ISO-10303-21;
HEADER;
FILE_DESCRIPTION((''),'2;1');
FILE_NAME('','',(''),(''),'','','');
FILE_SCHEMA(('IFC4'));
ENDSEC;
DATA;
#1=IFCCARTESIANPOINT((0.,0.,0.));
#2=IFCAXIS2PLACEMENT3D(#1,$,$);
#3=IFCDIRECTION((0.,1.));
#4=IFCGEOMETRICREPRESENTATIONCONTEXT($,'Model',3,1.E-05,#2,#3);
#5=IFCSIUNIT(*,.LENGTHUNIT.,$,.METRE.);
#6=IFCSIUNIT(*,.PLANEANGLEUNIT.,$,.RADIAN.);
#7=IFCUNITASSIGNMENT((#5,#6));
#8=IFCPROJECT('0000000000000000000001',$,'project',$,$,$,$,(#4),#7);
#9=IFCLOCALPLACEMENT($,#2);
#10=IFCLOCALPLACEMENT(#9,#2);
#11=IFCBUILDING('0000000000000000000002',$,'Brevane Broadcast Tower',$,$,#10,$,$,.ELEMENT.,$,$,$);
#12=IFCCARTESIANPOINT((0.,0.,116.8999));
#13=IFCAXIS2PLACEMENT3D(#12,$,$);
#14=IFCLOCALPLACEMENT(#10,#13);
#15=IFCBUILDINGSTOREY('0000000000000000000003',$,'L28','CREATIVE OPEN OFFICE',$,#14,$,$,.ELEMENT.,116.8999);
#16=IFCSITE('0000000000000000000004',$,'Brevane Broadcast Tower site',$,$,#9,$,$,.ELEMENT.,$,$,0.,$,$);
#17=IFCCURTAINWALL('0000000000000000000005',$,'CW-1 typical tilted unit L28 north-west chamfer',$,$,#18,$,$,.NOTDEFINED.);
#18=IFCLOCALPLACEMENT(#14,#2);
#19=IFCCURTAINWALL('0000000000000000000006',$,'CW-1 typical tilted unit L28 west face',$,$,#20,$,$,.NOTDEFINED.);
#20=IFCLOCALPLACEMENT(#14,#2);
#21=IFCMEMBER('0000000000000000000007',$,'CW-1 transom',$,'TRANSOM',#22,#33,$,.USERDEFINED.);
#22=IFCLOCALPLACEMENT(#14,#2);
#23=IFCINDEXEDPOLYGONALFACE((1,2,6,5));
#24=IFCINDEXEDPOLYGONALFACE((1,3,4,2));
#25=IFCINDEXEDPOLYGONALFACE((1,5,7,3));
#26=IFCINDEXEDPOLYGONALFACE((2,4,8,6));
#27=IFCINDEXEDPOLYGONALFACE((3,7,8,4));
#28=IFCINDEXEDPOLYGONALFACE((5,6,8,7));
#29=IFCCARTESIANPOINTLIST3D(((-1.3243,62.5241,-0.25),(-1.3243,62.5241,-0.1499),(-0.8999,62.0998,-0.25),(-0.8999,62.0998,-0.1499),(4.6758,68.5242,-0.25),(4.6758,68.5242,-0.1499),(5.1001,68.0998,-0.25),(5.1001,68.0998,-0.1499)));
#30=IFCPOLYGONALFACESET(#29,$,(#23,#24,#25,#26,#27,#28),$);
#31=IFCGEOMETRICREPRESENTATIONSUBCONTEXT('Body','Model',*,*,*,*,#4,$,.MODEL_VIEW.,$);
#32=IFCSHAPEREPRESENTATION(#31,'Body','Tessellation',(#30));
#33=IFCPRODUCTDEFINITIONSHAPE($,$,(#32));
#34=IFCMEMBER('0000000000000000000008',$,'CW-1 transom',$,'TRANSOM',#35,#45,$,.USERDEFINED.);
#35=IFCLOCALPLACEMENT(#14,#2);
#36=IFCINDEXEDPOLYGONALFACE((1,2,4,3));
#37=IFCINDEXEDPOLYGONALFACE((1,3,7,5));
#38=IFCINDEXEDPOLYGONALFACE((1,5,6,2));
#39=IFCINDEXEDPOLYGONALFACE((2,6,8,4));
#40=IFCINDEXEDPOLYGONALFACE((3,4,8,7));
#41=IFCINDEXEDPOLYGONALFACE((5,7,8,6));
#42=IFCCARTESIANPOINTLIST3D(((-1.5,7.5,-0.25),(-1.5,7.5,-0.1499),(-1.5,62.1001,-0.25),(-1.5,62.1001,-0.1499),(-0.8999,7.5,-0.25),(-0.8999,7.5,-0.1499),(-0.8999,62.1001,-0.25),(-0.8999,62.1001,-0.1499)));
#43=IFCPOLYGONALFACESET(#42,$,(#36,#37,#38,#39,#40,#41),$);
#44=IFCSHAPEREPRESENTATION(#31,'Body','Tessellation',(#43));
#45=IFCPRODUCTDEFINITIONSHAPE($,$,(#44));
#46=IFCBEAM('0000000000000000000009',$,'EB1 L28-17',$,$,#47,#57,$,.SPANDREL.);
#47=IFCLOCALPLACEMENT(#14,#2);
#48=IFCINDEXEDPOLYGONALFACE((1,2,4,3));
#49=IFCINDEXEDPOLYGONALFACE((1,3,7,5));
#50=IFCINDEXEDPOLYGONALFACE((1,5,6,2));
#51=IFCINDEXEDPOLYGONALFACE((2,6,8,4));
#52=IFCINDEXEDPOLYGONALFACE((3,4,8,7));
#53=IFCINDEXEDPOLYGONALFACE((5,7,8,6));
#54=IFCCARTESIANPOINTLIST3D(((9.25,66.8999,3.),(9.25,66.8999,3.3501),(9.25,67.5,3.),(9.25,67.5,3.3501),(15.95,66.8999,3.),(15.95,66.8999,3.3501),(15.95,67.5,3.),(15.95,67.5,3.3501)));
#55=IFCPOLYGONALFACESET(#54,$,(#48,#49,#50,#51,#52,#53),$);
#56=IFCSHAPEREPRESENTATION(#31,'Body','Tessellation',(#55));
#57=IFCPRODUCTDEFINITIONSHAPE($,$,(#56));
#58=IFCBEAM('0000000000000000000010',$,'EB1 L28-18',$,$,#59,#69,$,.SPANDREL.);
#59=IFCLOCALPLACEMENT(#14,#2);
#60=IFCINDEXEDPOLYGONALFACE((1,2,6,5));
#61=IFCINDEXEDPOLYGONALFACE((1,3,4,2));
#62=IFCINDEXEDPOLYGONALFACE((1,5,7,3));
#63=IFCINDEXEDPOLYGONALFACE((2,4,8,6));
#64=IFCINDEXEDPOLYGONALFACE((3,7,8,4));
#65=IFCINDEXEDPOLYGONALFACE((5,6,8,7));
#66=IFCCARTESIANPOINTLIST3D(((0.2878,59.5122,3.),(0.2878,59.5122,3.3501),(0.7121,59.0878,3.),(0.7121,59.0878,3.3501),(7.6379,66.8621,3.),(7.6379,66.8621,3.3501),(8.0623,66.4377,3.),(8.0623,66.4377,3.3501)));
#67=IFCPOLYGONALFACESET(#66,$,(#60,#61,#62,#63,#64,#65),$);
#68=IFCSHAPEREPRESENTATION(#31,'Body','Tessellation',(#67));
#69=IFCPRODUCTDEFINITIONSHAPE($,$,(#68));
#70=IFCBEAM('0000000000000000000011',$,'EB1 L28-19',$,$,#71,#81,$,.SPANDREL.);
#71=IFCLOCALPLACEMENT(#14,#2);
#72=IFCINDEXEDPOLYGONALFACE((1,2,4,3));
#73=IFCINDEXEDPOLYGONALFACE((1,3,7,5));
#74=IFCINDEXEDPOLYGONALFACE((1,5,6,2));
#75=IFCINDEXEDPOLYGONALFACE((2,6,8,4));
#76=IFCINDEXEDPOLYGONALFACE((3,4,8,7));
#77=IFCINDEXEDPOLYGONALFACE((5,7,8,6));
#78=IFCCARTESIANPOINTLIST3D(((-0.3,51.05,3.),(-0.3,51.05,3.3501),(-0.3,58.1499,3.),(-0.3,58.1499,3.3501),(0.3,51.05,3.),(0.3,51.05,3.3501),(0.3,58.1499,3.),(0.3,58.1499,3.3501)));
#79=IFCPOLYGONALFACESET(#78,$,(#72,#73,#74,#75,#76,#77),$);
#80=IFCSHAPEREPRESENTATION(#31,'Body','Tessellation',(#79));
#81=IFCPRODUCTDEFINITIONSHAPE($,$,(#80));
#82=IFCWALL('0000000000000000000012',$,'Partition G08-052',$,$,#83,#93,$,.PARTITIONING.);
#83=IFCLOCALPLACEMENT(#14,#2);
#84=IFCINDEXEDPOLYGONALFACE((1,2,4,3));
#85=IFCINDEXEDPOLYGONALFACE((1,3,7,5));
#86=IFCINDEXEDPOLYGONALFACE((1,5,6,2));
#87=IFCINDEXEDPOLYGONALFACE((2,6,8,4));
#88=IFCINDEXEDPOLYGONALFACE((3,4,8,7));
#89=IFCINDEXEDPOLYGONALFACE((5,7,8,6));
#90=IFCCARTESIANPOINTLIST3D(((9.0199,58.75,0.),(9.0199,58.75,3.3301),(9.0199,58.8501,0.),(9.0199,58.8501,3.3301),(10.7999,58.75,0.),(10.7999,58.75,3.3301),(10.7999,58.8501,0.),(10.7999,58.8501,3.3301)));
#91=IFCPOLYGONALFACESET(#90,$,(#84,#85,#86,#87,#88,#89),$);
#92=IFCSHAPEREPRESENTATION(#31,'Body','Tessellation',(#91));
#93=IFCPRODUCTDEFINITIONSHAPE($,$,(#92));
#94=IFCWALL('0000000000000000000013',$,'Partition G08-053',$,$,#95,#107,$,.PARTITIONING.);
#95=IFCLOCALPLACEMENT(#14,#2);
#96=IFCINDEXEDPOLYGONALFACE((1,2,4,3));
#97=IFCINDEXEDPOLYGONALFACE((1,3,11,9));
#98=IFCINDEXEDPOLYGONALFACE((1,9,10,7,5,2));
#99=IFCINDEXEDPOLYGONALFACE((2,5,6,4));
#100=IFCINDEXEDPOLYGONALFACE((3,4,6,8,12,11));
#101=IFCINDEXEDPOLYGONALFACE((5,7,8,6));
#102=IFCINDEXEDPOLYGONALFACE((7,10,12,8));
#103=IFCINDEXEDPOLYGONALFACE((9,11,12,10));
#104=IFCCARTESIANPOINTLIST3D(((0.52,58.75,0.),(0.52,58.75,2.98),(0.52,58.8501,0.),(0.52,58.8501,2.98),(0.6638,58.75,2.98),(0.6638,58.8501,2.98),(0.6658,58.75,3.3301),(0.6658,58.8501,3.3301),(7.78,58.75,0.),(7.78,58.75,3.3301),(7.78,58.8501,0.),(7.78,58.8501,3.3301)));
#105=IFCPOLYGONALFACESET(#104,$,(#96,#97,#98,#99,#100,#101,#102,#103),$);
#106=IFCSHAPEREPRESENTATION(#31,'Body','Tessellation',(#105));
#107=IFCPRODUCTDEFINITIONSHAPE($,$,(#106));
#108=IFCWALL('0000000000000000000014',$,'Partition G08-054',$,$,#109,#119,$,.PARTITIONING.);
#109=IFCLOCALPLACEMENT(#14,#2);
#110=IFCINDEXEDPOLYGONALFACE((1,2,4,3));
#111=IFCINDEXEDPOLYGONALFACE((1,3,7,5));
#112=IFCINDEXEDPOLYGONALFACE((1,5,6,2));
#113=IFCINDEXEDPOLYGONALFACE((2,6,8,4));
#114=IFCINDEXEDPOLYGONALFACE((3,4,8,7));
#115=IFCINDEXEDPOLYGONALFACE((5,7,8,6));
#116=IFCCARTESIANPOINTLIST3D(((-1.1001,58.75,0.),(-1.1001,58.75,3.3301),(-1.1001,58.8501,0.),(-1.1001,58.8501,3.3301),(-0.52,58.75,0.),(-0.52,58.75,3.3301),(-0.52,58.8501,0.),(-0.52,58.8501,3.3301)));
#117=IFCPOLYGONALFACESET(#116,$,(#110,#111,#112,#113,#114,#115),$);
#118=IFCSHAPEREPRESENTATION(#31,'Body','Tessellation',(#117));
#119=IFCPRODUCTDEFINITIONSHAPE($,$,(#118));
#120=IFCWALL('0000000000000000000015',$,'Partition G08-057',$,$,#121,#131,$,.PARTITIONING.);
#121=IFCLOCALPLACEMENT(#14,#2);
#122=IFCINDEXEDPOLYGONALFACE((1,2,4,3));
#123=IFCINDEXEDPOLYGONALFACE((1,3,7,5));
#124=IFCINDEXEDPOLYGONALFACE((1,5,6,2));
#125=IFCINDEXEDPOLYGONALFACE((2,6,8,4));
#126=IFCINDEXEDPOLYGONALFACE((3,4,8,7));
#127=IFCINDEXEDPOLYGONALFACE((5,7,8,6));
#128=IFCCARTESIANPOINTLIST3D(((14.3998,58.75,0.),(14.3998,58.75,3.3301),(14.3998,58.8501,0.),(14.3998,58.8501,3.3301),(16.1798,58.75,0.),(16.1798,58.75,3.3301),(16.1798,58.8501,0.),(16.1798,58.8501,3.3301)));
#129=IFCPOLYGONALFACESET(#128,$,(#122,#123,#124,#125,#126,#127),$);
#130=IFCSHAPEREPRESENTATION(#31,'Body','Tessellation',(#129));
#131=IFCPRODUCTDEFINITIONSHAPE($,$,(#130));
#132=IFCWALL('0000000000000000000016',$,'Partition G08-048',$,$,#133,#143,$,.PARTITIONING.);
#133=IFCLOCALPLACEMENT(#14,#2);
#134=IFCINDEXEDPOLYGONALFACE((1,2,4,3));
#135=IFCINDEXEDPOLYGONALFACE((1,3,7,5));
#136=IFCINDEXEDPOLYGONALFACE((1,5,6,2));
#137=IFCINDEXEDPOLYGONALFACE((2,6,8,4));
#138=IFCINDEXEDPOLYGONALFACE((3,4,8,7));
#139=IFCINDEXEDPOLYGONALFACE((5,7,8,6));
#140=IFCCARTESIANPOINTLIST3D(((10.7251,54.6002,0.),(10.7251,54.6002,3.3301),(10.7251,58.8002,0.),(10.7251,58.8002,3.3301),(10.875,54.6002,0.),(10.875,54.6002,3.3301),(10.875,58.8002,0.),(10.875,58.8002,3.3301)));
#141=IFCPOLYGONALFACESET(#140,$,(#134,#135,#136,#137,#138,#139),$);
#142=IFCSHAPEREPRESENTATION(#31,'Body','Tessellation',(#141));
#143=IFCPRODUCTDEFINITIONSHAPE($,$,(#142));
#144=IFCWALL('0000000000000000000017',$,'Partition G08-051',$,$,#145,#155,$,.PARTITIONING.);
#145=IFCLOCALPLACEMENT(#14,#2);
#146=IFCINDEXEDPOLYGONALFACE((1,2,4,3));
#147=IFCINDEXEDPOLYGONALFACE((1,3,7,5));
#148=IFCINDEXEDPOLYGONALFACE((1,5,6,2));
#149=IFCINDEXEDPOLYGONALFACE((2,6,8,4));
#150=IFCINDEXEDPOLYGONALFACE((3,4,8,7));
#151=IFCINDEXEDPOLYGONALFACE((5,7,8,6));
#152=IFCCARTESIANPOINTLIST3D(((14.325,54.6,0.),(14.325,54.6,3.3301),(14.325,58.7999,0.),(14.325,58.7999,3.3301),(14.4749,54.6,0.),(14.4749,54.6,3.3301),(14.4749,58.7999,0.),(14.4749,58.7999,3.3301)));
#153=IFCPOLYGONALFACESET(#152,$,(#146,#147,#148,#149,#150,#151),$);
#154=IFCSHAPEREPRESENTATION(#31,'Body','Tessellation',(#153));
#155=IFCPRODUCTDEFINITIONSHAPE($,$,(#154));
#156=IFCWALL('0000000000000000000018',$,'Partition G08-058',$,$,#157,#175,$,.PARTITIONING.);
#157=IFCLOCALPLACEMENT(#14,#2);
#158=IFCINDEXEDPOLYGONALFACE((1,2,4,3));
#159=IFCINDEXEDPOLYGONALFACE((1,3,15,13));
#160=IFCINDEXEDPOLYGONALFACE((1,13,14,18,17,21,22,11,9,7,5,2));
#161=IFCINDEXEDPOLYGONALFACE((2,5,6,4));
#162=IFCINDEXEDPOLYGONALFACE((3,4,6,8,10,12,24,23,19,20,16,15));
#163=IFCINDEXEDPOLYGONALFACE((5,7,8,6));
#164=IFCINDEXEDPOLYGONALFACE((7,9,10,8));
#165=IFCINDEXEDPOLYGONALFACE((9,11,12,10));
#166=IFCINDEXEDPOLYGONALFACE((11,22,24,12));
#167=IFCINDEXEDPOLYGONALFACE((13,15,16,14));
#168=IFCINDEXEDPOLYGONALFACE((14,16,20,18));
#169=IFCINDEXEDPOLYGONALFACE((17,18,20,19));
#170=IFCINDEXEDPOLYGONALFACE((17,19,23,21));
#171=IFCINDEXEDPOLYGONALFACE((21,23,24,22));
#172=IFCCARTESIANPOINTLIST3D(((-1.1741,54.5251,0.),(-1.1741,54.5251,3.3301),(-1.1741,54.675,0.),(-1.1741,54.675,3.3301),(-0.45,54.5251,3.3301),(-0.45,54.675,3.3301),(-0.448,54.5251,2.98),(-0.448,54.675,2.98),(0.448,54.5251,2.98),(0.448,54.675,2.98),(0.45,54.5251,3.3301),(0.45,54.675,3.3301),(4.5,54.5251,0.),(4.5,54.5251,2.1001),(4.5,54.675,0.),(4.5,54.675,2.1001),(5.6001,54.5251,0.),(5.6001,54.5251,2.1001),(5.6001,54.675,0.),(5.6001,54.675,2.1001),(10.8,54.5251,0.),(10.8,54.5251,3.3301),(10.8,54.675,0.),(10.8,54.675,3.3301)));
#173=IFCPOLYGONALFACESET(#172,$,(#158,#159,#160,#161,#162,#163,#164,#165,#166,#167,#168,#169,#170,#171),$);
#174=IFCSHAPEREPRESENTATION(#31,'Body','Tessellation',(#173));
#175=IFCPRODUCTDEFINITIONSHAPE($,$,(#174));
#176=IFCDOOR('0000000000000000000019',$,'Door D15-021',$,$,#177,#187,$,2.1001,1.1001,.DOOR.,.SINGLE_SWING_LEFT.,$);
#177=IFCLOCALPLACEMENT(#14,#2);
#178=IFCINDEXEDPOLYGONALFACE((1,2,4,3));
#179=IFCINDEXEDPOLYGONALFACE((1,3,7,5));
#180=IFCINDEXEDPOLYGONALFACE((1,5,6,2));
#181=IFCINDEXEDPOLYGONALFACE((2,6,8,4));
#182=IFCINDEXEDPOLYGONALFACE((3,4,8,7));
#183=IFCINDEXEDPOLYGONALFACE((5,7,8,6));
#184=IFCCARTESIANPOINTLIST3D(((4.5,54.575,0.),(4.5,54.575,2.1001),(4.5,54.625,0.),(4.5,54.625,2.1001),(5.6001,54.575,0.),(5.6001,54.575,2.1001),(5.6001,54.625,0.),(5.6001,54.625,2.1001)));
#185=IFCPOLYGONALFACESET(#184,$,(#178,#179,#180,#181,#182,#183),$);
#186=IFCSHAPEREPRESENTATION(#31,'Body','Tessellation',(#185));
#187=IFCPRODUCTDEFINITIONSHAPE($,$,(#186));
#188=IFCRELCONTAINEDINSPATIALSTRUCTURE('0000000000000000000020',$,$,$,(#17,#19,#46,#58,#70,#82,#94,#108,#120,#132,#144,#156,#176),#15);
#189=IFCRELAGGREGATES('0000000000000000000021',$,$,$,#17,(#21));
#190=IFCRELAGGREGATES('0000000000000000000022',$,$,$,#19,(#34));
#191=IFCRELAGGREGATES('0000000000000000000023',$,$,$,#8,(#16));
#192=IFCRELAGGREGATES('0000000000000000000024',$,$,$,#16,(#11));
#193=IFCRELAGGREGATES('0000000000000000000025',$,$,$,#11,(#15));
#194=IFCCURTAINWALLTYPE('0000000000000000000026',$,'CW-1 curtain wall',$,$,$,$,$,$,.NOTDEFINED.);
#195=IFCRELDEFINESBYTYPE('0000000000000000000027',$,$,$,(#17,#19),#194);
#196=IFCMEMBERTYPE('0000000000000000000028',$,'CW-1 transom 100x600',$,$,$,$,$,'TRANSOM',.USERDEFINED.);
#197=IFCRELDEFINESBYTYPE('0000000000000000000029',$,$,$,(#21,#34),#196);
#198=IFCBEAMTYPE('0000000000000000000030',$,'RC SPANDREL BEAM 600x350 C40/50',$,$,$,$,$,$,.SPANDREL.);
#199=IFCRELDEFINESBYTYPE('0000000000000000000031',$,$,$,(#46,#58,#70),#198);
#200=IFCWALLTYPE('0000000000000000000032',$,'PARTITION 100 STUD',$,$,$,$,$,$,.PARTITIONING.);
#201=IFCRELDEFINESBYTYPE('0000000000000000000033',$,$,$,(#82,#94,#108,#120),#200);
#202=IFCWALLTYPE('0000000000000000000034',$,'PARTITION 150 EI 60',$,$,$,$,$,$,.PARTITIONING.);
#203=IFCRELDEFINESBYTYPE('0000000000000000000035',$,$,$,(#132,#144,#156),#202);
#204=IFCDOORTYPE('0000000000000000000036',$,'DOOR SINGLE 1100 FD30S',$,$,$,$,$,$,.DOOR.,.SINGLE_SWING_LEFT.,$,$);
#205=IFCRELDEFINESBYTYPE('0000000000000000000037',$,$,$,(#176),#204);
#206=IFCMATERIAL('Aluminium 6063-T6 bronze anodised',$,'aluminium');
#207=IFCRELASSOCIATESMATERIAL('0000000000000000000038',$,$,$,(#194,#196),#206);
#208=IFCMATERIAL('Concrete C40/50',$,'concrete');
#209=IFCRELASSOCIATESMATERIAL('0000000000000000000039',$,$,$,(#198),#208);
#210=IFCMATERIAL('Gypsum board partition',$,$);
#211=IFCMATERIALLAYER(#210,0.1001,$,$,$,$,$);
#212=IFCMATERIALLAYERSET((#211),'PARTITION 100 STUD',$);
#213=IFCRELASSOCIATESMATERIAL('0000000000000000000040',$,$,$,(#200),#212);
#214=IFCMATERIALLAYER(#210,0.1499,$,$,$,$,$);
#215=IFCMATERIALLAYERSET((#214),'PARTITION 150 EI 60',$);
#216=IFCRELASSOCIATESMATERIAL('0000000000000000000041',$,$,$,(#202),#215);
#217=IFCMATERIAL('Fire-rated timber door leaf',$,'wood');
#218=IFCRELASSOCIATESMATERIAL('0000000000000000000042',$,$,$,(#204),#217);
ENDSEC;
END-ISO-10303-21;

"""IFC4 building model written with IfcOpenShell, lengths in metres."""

from ifc_helpers import new_model, si_unit, direction, frame, frame_2d, origin, origin_2d, place, context, subcontext, project, spatial, polyline, rectangle, outline, extrude, material, layer, layer_set, material_profile, profile_set, type_object, element, fill, aggregate, save


model = new_model("IFC4")

# Units and contexts
model_context = context("Model", 3, precision=1e-05, world=origin(), true_north=direction((0.0, 1.0)))
body_context = subcontext(model_context, "Body", "Model", "MODEL_VIEW")
ifc_project = project(units=[si_unit("LENGTHUNIT", "METRE"), si_unit("PLANEANGLEUNIT", "RADIAN")], contexts=[model_context])

# Site, building, storey
site_placement = place(None, origin())
site = spatial("IfcSite", under=ifc_project, at=site_placement, Name="Brevane Broadcast Tower site", CompositionType="ELEMENT", RefElevation=0.0)
building_placement = place(site_placement, origin())
building = spatial("IfcBuilding", under=site, at=building_placement, Name="Brevane Broadcast Tower", CompositionType="ELEMENT")
storey_placement = place(building_placement, frame((0.0, 0.0, 116.8999)))
storey = spatial("IfcBuildingStorey", under=building, at=storey_placement, Name="L28", Description="CREATIVE OPEN OFFICE", CompositionType="ELEMENT", Elevation=116.8999)

# Curtain walls
ifc_material_1 = material(Name="Aluminium 6063-T6 bronze anodised", Category="aluminium")
curtain_wall_type = type_object("IfcCurtainWallType", Name="CW-1 curtain wall", PredefinedType="NOTDEFINED", material=ifc_material_1)
curtain_wall_1_placement = place(storey_placement, origin())
curtain_wall_1 = element("IfcCurtainWall", 1, at=curtain_wall_1_placement, inside=storey, type_object=curtain_wall_type, Name="CW-1 typical tilted unit L28 north-west chamfer", PredefinedType="NOTDEFINED")
curtain_wall_2_placement = place(storey_placement, origin())
curtain_wall_2 = element("IfcCurtainWall", 2, at=curtain_wall_2_placement, inside=storey, type_object=curtain_wall_type, Name="CW-1 typical tilted unit L28 west face", PredefinedType="NOTDEFINED")

# Members
ifc_material_profile_1 = material_profile(ifc_material_1, rectangle(XDim=0.6001, YDim=0.1001, at=origin_2d()), Name="RECT 100x600")
ifc_profile_set_1 = profile_set([ifc_material_profile_1], Name="Aluminium 6063-T6 bronze anodised")
member_type_1 = type_object("IfcMemberType", Name="CW-1 transom 100x600", ElementType="TRANSOM", PredefinedType="USERDEFINED", material=ifc_profile_set_1)
member_1_placement = place(storey_placement, frame((4.8879, 68.312, -0.2), z_axis=(-0.707107, -0.707107, 0.0), x_axis=(0.707107, -0.707107, 0.0)))
member_1 = element("IfcMember", 3, at=member_1_placement, type_object=member_type_1, Name="CW-1 transom", ObjectType="TRANSOM", PredefinedType="USERDEFINED", context=body_context, shape_type="SweptSolid", body=[
    extrude(rectangle(XDim=0.6001, YDim=0.1001, at=origin_2d()), origin(), (0.0, 0.0, 1.0), 8.4854),
])
aggregate(curtain_wall_1, [member_1])
member_2_placement = place(storey_placement, frame((-1.2, 62.1001, -0.2), z_axis=(0.0, -1.0, 0.0), x_axis=(1.0, 0.0, 0.0)))
member_2 = element("IfcMember", 4, at=member_2_placement, type_object=member_type_1, Name="CW-1 transom", ObjectType="TRANSOM", PredefinedType="USERDEFINED", context=body_context, shape_type="SweptSolid", body=[
    extrude(rectangle(XDim=0.6001, YDim=0.1001, at=origin_2d()), origin(), (0.0, 0.0, 1.0), 54.6001),
])
aggregate(curtain_wall_2, [member_2])

# Beams
ifc_material_2 = material(Name="Concrete C40/50", Category="concrete")
ifc_material_profile_2 = material_profile(ifc_material_2, rectangle(XDim=0.6001, YDim=0.3501, at=origin_2d()), Name="RC 600x350")
ifc_profile_set_2 = profile_set([ifc_material_profile_2], Name="Concrete C40/50")
beam_type = type_object("IfcBeamType", Name="RC SPANDREL BEAM 600x350 C40/50", PredefinedType="SPANDREL", material=ifc_profile_set_2)
beam_1_placement = place(storey_placement, frame((15.95, 67.2, 3.175), z_axis=(-1.0, 0.0, 0.0), x_axis=(0.0, -1.0, 0.0)))
element("IfcBeam", 5, at=beam_1_placement, inside=storey, type_object=beam_type, Name="EB1 L28-17", PredefinedType="SPANDREL", context=body_context, shape_type="SweptSolid", body=[
    extrude(rectangle(XDim=0.6001, YDim=0.3501, at=origin_2d()), origin(), (0.0, 0.0, 1.0), 6.7),
])
beam_2_placement = place(storey_placement, frame((7.8501, 66.6499, 3.175), z_axis=(-0.707119, -0.707095, 0.0), x_axis=(0.707095, -0.707119, 0.0)))
element("IfcBeam", 6, at=beam_2_placement, inside=storey, type_object=beam_type, Name="EB1 L28-18", PredefinedType="SPANDREL", context=body_context, shape_type="SweptSolid", body=[
    extrude(rectangle(XDim=0.6001, YDim=0.3501, at=origin_2d()), origin(), (0.0, 0.0, 1.0), 10.3945),
])
beam_3_placement = place(storey_placement, frame((0.0, 58.1499, 3.175), z_axis=(0.0, -1.0, 0.0), x_axis=(1.0, 0.0, 0.0)))
element("IfcBeam", 7, at=beam_3_placement, inside=storey, type_object=beam_type, Name="EB1 L28-19", PredefinedType="SPANDREL", context=body_context, shape_type="SweptSolid", body=[
    extrude(rectangle(XDim=0.6001, YDim=0.3501, at=origin_2d()), origin(), (0.0, 0.0, 1.0), 7.0999),
])

# Walls
ifc_material_3 = material(Name="Gypsum board partition")
ifc_layer_1 = layer(ifc_material_3, 0.1001)
ifc_layer_set_1 = layer_set([ifc_layer_1], Name="PARTITION 100 STUD")
wall_type_1 = type_object("IfcWallType", Name="PARTITION 100 STUD", PredefinedType="PARTITIONING", material=ifc_layer_set_1)
wall_1_placement = place(storey_placement, frame((10.8, 58.8, 0.0), z_axis=(0.0, 0.0, 1.0), x_axis=(-1.0, 0.0, 0.0)))
element("IfcWall", 8, at=wall_1_placement, inside=storey, type_object=wall_type_1, Name="Partition G08-052", PredefinedType="PARTITIONING", context=body_context, shape_type="SweptSolid", body=[
    extrude(rectangle(XDim=1.78, YDim=0.1001, at=frame_2d((0.8901, 0.0))), origin(), (0.0, 0.0, 1.0), 3.3301),
])
wall_2_placement = place(storey_placement, frame((7.78, 58.8, 0.0), z_axis=(0.0, 0.0, 1.0), x_axis=(-1.0, 0.0, 0.0)))
element("IfcWall", 9, at=wall_2_placement, inside=storey, type_object=wall_type_1, Name="Partition G08-053", PredefinedType="PARTITIONING", context=body_context, shape_type="SweptSolid", body=[
    extrude(outline(polyline([(0.0, 0.0), (7.26, 0.0), (7.26, 2.98), (7.1162, 2.98), (7.1143, 3.3301), (0.0, 3.3301), (0.0, 0.0)])), frame((0.0, 0.05, 0.0), z_axis=(0.0, -1.0, 0.0), x_axis=(1.0, 0.0, 0.0)), (0.0, 0.0, 1.0), 0.1001),
])
wall_3_placement = place(storey_placement, frame((-0.52, 58.8, 0.0), z_axis=(0.0, 0.0, 1.0), x_axis=(-1.0, 0.0, 0.0)))
element("IfcWall", 10, at=wall_3_placement, inside=storey, type_object=wall_type_1, Name="Partition G08-054", PredefinedType="PARTITIONING", context=body_context, shape_type="SweptSolid", body=[
    extrude(rectangle(XDim=0.5801, YDim=0.1001, at=frame_2d((0.29, 0.0))), origin(), (0.0, 0.0, 1.0), 3.3301),
])
wall_4_placement = place(storey_placement, frame((16.1799, 58.8, 0.0), z_axis=(0.0, 0.0, 1.0), x_axis=(-1.0, 0.0, 0.0)))
element("IfcWall", 11, at=wall_4_placement, inside=storey, type_object=wall_type_1, Name="Partition G08-057", PredefinedType="PARTITIONING", context=body_context, shape_type="SweptSolid", body=[
    extrude(rectangle(XDim=1.78, YDim=0.1001, at=frame_2d((0.8901, 0.0))), origin(), (0.0, 0.0, 1.0), 3.3301),
])

# Shared definitions
ifc_layer_2 = layer(ifc_material_3, 0.1499)
ifc_layer_set_2 = layer_set([ifc_layer_2], Name="PARTITION 150 EI 60")
wall_type_2 = type_object("IfcWallType", Name="PARTITION 150 EI 60", PredefinedType="PARTITIONING", material=ifc_layer_set_2)
ifc_material_4 = material(Name="Fire-rated timber door leaf", Category="wood")

# Walls
for number, where, z_axis, x_axis, name in (
    (12, (10.8, 54.6001, 0.0), (0.0, 0.0, 1.0), (0.0, 1.0, 0.0), "Partition G08-048"),
    (13, (14.3999, 58.8, 0.0), (0.0, 0.0, 1.0), (0.0, -1.0, 0.0), "Partition G08-051"),
):
    element("IfcWall", number, at=place(storey_placement, frame(where, z_axis=z_axis, x_axis=x_axis)), inside=storey, type_object=wall_type_2, Name=name, PredefinedType="PARTITIONING", context=body_context, shape_type="SweptSolid", body=[
        extrude(rectangle(XDim=4.2, YDim=0.1499, at=frame_2d((2.1001, 0.0))), origin(), (0.0, 0.0, 1.0), 3.3301),
    ])

# Wall, opening, door
wall_5_placement = place(storey_placement, frame((-1.1741, 54.6001, 0.0), z_axis=(0.0, 0.0, 1.0), x_axis=(1.0, 0.0, 0.0)))
wall_5 = element("IfcWall", 14, at=wall_5_placement, inside=storey, type_object=wall_type_2, Name="Partition G08-058", PredefinedType="PARTITIONING", context=body_context, shape_type="SweptSolid", body=[
    extrude(outline(polyline([(0.0, 0.0), (11.9741, 0.0), (11.9741, 3.3301), (1.624, 3.3301), (1.6221, 2.98), (0.7261, 2.98), (0.7241, 3.3301), (0.074, 3.3301), (0.0, 3.3301), (0.0, 0.0)])), frame((0.0, 0.075, 0.0), z_axis=(0.0, -1.0, 0.0), x_axis=(1.0, 0.0, 0.0)), (0.0, 0.0, 1.0), 0.1499),
])
opening_1_placement = place(wall_5_placement, frame((5.6741, 0.0, 0.0)))
opening_1 = element("IfcOpeningElement", 15, at=opening_1_placement, cuts=wall_5, PredefinedType="OPENING", context=body_context, shape_type="SweptSolid", body=[
    extrude(rectangle(XDim=1.1001, YDim=2.1001, at=frame_2d((0.55, 1.05))), frame((0.0, 0.085, 0.0), z_axis=(0.0, -1.0, 0.0), x_axis=(1.0, 0.0, 0.0)), (0.0, 0.0, 1.0), 0.1699),
])
door_type_1 = type_object("IfcDoorType", Name="DOOR SINGLE 1100 FD30S", OperationType="SINGLE_SWING_LEFT", PredefinedType="DOOR", material=ifc_material_4)
door_1_placement = place(opening_1_placement, origin())
door_1 = element("IfcDoor", 16, at=door_1_placement, inside=storey, type_object=door_type_1, Name="Door D15-021", OperationType="SINGLE_SWING_LEFT", OverallHeight=2.1001, OverallWidth=1.1001, PredefinedType="DOOR", context=body_context, shape_type="SweptSolid", body=[
    extrude(rectangle(XDim=1.1001, YDim=2.1001, at=frame_2d((0.55, 1.05))), frame((0.0, 0.0249, 0.0), z_axis=(0.0, -1.0, 0.0), x_axis=(1.0, 0.0, 0.0)), (0.0, 0.0, 1.0), 0.05),
])
fill(opening_1, door_1)

save(model, "model.ifc")
